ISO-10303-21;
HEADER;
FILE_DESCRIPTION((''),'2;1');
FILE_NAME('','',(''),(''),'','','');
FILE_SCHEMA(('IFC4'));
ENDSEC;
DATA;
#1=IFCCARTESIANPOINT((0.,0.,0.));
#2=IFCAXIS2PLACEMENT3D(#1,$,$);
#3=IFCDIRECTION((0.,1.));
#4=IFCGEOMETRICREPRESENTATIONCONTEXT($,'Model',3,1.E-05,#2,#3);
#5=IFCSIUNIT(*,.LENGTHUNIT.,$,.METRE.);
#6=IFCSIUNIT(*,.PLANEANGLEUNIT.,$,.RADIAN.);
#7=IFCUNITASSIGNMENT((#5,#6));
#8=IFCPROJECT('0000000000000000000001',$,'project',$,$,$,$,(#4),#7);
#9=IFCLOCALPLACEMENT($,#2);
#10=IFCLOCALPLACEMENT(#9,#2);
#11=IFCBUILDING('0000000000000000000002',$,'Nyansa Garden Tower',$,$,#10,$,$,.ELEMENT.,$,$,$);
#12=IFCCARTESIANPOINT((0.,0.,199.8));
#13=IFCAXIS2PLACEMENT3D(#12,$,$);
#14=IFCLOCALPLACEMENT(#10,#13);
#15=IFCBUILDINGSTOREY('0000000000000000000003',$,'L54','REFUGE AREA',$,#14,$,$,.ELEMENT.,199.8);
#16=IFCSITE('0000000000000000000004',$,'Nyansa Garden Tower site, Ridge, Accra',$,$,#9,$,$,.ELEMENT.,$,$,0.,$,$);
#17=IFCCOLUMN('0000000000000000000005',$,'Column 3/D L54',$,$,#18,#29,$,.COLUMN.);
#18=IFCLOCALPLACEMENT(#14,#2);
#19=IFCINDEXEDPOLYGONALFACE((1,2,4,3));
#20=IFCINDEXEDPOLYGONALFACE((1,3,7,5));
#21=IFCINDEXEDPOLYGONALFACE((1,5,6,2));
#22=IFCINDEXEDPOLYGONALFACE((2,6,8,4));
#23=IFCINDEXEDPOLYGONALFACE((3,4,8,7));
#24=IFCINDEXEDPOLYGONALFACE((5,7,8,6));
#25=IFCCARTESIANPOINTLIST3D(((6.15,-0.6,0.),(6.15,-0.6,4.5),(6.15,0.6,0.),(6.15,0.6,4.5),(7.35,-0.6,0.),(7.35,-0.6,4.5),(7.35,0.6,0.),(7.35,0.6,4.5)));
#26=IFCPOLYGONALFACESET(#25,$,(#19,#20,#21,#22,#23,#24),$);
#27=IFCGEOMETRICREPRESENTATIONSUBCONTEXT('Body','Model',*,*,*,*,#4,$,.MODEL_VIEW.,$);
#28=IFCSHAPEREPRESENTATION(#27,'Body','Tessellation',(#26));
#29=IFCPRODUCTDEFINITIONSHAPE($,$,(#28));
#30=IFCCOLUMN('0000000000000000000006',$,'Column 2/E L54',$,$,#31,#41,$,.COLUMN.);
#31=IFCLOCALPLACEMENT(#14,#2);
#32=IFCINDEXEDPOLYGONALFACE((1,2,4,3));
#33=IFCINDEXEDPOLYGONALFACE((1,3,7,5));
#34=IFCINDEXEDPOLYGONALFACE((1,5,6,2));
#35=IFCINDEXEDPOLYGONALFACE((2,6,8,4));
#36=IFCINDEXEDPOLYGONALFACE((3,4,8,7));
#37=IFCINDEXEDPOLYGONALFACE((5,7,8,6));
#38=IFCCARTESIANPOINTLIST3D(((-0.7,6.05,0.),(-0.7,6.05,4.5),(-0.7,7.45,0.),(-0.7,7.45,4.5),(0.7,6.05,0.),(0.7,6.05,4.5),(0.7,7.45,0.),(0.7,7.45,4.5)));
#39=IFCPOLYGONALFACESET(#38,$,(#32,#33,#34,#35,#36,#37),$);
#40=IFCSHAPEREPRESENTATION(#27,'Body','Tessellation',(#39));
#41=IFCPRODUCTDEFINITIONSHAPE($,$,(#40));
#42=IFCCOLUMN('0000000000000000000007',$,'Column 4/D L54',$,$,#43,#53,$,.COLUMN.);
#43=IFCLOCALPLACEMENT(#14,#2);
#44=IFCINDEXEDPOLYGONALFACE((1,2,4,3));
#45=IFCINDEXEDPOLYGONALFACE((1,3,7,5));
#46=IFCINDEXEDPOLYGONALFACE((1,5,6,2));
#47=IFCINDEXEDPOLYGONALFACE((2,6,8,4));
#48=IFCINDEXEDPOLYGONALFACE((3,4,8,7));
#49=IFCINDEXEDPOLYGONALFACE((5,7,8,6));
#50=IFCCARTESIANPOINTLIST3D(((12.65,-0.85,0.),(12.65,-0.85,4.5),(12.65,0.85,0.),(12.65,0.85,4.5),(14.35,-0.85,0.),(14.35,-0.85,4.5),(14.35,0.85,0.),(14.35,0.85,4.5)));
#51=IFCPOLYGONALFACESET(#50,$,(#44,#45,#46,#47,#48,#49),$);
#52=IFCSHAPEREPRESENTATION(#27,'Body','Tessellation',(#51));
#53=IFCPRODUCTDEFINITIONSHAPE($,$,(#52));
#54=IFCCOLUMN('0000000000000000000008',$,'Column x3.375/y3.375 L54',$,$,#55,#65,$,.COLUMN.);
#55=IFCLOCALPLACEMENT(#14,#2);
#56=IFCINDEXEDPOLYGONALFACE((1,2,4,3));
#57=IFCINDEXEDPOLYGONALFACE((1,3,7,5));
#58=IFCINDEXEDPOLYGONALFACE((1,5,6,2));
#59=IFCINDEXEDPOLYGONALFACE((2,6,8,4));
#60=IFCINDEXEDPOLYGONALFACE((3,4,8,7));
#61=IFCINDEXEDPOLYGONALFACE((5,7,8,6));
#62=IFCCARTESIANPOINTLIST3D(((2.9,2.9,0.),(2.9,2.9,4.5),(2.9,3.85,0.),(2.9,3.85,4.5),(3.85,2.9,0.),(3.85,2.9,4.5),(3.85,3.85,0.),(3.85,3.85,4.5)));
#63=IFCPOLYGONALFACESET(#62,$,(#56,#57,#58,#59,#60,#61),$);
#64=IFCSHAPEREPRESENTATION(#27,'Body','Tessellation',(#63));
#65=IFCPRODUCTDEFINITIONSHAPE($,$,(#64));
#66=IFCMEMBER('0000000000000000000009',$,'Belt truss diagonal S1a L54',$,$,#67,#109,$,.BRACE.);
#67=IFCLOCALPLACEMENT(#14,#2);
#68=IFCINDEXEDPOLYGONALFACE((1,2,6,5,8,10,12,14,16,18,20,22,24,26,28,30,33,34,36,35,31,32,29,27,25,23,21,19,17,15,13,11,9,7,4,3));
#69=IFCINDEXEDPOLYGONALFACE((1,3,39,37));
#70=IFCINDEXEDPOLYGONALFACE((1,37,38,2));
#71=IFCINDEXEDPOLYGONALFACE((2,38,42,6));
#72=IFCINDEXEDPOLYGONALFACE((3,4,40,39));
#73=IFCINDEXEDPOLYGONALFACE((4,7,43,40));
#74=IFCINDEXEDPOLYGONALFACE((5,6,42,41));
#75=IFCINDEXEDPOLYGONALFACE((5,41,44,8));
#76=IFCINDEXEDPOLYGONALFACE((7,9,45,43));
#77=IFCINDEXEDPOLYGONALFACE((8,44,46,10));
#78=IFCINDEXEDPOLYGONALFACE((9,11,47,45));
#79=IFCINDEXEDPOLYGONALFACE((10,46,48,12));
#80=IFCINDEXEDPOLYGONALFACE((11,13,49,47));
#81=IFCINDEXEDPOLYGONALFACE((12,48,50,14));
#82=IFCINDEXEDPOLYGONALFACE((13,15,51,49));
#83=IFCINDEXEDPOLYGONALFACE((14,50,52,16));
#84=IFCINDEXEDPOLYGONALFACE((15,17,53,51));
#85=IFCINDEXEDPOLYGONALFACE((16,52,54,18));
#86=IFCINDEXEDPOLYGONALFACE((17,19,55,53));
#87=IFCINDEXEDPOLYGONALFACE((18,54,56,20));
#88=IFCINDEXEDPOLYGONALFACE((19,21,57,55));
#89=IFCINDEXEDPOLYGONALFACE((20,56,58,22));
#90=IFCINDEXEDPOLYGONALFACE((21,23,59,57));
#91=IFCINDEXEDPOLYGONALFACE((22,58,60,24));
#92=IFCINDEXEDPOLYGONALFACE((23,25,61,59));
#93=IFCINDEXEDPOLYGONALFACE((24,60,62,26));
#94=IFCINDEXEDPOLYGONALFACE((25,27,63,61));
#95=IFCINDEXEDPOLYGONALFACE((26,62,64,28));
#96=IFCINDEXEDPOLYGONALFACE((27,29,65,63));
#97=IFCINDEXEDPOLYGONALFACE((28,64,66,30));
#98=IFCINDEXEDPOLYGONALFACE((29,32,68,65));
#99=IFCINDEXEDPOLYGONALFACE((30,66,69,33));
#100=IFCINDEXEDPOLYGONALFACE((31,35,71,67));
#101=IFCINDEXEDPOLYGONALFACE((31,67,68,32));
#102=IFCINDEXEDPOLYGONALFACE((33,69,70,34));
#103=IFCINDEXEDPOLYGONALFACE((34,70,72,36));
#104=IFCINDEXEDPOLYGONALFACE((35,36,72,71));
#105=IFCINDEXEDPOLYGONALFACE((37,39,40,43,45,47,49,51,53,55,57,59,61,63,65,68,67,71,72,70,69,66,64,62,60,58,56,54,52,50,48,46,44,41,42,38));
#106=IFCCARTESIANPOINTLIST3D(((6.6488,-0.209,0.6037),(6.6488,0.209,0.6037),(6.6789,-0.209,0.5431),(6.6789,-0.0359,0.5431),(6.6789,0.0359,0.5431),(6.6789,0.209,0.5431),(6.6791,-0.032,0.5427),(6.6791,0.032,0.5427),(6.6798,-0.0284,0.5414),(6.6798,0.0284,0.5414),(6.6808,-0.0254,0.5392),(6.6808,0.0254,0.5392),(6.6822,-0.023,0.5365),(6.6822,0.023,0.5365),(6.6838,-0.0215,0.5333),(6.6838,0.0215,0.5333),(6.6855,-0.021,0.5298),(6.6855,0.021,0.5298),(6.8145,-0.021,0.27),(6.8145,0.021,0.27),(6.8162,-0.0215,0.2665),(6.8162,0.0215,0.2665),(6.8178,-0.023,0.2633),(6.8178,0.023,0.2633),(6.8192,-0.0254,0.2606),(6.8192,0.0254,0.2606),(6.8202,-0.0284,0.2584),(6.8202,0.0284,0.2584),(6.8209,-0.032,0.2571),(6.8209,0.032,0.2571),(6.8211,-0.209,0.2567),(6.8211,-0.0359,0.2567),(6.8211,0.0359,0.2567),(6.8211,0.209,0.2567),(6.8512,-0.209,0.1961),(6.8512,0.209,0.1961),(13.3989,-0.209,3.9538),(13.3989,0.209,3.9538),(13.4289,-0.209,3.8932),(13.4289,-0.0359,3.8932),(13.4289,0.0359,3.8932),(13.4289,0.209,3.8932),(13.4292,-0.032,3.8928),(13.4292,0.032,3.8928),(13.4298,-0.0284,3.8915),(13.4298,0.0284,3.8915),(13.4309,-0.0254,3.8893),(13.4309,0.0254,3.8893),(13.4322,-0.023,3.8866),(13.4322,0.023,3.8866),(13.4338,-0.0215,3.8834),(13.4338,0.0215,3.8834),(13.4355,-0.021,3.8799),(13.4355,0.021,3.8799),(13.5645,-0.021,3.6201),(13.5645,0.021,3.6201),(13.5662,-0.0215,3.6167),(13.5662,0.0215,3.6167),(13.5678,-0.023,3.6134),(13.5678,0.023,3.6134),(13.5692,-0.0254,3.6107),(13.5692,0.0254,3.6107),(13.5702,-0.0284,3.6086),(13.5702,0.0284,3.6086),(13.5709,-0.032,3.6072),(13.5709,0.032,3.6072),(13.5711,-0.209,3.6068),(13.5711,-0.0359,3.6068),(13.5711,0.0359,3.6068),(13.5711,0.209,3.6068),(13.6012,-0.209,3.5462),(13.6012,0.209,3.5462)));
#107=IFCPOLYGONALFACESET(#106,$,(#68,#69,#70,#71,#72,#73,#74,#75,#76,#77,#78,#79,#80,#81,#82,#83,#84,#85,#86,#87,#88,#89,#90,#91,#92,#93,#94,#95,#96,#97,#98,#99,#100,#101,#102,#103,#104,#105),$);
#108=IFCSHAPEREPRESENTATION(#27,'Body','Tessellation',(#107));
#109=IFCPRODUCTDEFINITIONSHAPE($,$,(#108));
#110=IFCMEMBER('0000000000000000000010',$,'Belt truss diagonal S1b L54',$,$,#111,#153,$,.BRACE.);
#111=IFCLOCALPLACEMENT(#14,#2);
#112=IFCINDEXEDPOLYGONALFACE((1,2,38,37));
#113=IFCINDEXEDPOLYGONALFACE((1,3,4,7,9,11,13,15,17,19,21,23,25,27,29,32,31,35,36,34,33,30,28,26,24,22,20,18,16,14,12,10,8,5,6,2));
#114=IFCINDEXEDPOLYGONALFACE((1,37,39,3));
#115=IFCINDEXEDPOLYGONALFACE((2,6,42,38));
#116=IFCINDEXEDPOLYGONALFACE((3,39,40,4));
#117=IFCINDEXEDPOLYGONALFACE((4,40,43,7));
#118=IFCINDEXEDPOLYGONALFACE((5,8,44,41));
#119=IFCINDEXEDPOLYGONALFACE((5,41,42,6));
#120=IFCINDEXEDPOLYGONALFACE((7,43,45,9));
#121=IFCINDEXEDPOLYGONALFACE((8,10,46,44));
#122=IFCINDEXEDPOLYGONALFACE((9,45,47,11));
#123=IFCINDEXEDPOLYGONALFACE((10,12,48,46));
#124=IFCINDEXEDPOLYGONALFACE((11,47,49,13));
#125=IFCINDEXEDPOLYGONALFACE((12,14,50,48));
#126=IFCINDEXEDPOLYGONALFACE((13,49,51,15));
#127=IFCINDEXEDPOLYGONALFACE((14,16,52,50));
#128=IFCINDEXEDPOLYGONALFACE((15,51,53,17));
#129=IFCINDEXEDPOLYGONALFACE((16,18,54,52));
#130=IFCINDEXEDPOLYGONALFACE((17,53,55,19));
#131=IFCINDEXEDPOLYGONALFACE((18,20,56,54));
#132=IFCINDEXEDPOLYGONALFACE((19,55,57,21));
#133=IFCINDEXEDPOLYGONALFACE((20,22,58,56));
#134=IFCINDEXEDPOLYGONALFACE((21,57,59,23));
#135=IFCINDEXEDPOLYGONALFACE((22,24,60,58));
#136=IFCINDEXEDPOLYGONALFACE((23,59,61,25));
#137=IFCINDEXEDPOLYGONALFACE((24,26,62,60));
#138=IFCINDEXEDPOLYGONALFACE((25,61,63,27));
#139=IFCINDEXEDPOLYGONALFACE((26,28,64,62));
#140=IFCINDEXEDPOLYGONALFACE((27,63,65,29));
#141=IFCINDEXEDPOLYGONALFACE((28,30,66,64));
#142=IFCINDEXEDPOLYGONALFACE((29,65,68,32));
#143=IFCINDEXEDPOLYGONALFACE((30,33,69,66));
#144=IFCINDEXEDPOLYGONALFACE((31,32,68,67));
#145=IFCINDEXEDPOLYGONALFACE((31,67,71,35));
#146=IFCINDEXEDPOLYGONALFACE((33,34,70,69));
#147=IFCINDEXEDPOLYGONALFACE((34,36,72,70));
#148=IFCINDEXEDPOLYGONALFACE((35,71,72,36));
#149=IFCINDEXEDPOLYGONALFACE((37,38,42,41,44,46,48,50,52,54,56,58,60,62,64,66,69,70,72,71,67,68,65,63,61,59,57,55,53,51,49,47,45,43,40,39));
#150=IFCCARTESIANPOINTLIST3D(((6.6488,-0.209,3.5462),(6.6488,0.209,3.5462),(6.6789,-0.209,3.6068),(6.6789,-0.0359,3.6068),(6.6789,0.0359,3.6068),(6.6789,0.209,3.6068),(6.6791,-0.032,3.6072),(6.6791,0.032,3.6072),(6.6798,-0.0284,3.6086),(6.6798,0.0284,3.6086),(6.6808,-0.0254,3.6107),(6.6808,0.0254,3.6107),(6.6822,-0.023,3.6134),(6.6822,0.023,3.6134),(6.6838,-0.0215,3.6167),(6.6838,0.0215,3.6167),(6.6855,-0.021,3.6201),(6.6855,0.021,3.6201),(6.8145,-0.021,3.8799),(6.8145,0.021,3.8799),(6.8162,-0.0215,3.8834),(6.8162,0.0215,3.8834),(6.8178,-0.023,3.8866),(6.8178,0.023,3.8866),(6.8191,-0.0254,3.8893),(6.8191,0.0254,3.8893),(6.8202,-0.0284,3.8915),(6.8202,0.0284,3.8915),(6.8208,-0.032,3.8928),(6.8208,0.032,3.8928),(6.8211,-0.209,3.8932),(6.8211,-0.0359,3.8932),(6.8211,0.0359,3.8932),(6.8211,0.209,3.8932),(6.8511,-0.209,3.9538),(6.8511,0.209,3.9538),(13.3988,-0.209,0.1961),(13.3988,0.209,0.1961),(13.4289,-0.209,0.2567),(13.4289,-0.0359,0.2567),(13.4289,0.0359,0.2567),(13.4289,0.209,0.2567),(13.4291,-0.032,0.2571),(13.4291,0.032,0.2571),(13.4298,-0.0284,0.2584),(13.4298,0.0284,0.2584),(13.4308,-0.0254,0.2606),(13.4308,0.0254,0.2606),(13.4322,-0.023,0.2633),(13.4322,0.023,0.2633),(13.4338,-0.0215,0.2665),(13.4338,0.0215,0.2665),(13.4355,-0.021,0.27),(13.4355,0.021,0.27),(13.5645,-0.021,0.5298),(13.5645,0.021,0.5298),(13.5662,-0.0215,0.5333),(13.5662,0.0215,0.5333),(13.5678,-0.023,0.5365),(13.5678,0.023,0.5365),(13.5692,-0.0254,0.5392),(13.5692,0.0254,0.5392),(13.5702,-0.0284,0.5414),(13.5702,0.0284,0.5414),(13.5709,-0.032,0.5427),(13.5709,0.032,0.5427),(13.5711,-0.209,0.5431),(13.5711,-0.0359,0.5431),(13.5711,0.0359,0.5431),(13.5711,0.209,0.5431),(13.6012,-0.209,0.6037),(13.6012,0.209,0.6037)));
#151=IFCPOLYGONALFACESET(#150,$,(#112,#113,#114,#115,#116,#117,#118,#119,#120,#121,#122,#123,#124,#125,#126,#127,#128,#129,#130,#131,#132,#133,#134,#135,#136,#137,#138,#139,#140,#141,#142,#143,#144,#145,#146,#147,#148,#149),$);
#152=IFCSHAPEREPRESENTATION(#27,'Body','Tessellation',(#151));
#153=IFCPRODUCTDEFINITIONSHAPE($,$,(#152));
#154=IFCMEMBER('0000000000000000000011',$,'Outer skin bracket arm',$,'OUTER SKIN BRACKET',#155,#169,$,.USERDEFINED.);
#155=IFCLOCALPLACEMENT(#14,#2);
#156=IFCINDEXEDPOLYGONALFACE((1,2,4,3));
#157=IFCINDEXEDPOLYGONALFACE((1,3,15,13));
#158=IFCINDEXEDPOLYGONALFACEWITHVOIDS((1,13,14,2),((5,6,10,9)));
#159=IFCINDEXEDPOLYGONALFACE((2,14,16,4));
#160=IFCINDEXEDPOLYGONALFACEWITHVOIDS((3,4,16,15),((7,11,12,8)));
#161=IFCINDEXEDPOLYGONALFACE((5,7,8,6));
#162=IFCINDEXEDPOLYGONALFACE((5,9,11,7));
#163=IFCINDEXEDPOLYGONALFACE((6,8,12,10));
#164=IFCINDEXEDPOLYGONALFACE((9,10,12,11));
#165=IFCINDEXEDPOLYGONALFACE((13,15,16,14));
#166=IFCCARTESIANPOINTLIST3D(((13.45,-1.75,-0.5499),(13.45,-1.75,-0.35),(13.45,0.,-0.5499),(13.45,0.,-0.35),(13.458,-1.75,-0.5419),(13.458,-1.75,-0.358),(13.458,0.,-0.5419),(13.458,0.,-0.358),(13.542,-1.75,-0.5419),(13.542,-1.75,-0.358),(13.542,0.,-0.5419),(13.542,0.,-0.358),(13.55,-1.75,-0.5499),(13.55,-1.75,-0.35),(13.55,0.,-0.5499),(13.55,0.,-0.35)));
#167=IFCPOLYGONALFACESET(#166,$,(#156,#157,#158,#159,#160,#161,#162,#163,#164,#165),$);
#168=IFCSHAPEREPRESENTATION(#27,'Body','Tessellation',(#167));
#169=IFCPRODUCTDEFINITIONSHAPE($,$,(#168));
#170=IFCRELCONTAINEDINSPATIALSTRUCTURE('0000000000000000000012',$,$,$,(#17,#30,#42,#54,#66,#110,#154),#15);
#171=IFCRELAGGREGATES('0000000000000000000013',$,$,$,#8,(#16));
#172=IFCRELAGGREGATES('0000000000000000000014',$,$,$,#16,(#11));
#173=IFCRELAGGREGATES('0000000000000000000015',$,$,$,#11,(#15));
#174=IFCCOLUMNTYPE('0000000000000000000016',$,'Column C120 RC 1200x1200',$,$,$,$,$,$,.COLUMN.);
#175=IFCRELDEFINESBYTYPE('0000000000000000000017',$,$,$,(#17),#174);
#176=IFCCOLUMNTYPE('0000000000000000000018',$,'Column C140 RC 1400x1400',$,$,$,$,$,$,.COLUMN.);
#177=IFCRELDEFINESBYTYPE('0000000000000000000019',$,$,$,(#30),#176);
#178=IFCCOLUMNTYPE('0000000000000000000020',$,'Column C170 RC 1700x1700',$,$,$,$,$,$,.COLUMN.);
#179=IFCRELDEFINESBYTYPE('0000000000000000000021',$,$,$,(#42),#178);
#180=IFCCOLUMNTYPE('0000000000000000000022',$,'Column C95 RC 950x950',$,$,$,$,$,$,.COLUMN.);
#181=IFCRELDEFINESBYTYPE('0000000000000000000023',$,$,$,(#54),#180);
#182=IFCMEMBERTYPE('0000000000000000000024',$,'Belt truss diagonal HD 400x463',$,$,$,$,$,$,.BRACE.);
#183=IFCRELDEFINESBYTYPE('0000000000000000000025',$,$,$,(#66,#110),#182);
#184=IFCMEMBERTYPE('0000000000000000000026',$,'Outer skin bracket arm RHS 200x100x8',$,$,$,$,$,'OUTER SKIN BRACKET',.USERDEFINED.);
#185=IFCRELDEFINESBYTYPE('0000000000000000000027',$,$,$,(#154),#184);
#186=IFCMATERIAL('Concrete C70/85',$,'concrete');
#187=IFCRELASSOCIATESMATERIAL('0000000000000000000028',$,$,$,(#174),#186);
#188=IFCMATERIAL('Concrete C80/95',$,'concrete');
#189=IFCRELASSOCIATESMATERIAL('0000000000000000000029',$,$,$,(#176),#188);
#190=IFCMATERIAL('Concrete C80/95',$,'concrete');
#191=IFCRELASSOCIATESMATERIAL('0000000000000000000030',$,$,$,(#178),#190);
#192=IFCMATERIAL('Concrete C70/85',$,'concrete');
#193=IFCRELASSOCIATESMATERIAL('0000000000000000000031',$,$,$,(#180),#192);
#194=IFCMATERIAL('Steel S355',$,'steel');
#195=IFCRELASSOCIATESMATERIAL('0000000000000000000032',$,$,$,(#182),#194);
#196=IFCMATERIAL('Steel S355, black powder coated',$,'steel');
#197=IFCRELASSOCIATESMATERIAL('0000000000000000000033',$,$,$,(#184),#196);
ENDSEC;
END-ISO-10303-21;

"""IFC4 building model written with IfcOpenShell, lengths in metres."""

from ifc_helpers import new_model, si_unit, direction, frame, origin, origin_2d, place, context, subcontext, project, spatial, rectangle, hollow_rectangle, i_section, extrude, material, material_profile, profile_set, type_object, element, save


model = new_model("IFC4")

# Units and contexts
model_context = context("Model", 3, precision=1e-05, world=origin(), true_north=direction((0.0, 1.0)))
body_context = subcontext(model_context, "Body", "Model", "MODEL_VIEW")
ifc_project = project(units=[si_unit("LENGTHUNIT", "METRE"), si_unit("PLANEANGLEUNIT", "RADIAN")], contexts=[model_context])

# Site, building, storey
site_placement = place(None, origin())
site = spatial("IfcSite", under=ifc_project, at=site_placement, Name="Nyansa Garden Tower site, Ridge, Accra", CompositionType="ELEMENT", RefElevation=0.0)
building_placement = place(site_placement, origin())
building = spatial("IfcBuilding", under=site, at=building_placement, Name="Nyansa Garden Tower", CompositionType="ELEMENT")
storey_placement = place(building_placement, frame((0.0, 0.0, 199.8)))
storey = spatial("IfcBuildingStorey", under=building, at=storey_placement, Name="L54", Description="REFUGE AREA", CompositionType="ELEMENT", Elevation=199.8)

# Columns
ifc_material_1 = material(Name="Concrete C70/85", Category="concrete")
ifc_material_profile_1 = material_profile(ifc_material_1, rectangle(XDim=1.2, YDim=1.2, at=origin_2d()), Name="RC 1200x1200")
ifc_profile_set_1 = profile_set([ifc_material_profile_1], Name="Concrete C70/85")
column_type_1 = type_object("IfcColumnType", Name="Column C120 RC 1200x1200", PredefinedType="COLUMN", material=ifc_profile_set_1)
column_1_placement = place(storey_placement, frame((6.75, 0.0, 0.0), z_axis=(0.0, 0.0, 1.0), x_axis=(1.0, 0.0, 0.0)))
element("IfcColumn", 1, at=column_1_placement, inside=storey, type_object=column_type_1, Name="Column 3/D L54", PredefinedType="COLUMN", context=body_context, shape_type="SweptSolid", body=[
    extrude(rectangle(XDim=1.2, YDim=1.2, at=origin_2d()), origin(), (0.0, 0.0, 1.0), 4.5),
])
ifc_material_2 = material(Name="Concrete C80/95", Category="concrete")
ifc_material_profile_2 = material_profile(ifc_material_2, rectangle(XDim=1.3999, YDim=1.3999, at=origin_2d()), Name="RC 1400x1400")
ifc_profile_set_2 = profile_set([ifc_material_profile_2], Name="Concrete C80/95")
column_type_2 = type_object("IfcColumnType", Name="Column C140 RC 1400x1400", PredefinedType="COLUMN", material=ifc_profile_set_2)
column_2_placement = place(storey_placement, frame((0.0, 6.75, 0.0), z_axis=(0.0, 0.0, 1.0), x_axis=(1.0, 0.0, 0.0)))
element("IfcColumn", 2, at=column_2_placement, inside=storey, type_object=column_type_2, Name="Column 2/E L54", PredefinedType="COLUMN", context=body_context, shape_type="SweptSolid", body=[
    extrude(rectangle(XDim=1.3999, YDim=1.3999, at=origin_2d()), origin(), (0.0, 0.0, 1.0), 4.5),
])
ifc_material_3 = material(Name="Concrete C80/95", Category="concrete")
ifc_material_profile_3 = material_profile(ifc_material_3, rectangle(XDim=1.7, YDim=1.7, at=origin_2d()), Name="RC 1700x1700")
ifc_profile_set_3 = profile_set([ifc_material_profile_3], Name="Concrete C80/95")
column_type_3 = type_object("IfcColumnType", Name="Column C170 RC 1700x1700", PredefinedType="COLUMN", material=ifc_profile_set_3)
column_3_placement = place(storey_placement, frame((13.5, 0.0, 0.0), z_axis=(0.0, 0.0, 1.0), x_axis=(1.0, 0.0, 0.0)))
element("IfcColumn", 3, at=column_3_placement, inside=storey, type_object=column_type_3, Name="Column 4/D L54", PredefinedType="COLUMN", context=body_context, shape_type="SweptSolid", body=[
    extrude(rectangle(XDim=1.7, YDim=1.7, at=origin_2d()), origin(), (0.0, 0.0, 1.0), 4.5),
])
ifc_material_4 = material(Name="Concrete C70/85", Category="concrete")
ifc_material_profile_4 = material_profile(ifc_material_4, rectangle(XDim=0.95, YDim=0.95, at=origin_2d()), Name="RC 950x950")
ifc_profile_set_4 = profile_set([ifc_material_profile_4], Name="Concrete C70/85")
column_type_4 = type_object("IfcColumnType", Name="Column C95 RC 950x950", PredefinedType="COLUMN", material=ifc_profile_set_4)
column_4_placement = place(storey_placement, frame((3.375, 3.375, 0.0), z_axis=(0.0, 0.0, 1.0), x_axis=(1.0, 0.0, 0.0)))
element("IfcColumn", 4, at=column_4_placement, inside=storey, type_object=column_type_4, Name="Column x3.375/y3.375 L54", PredefinedType="COLUMN", context=body_context, shape_type="SweptSolid", body=[
    extrude(rectangle(XDim=0.95, YDim=0.95, at=origin_2d()), origin(), (0.0, 0.0, 1.0), 4.5),
])

# Members
ifc_material_5 = material(Name="Steel S355", Category="steel")
ifc_material_profile_5 = material_profile(ifc_material_5, i_section(OverallWidth=0.418, OverallDepth=0.4551, WebThickness=0.042, FlangeThickness=0.0676, FilletRadius=0.0149, at=origin_2d()), Name="HD 400x463")
ifc_profile_set_5 = profile_set([ifc_material_profile_5], Name="Steel S355")
member_type_1 = type_object("IfcMemberType", Name="Belt truss diagonal HD 400x463", PredefinedType="BRACE", material=ifc_profile_set_5)
for number, where, z_axis, x_axis, name in (
    (5, (6.75, 0.0, 0.3999), (0.895745, 0.0, 0.444568), (0.0, 1.0, 0.0), "Belt truss diagonal S1a L54"),
    (6, (13.5, 0.0, 0.3999), (-0.895745, 0.0, 0.444568), (0.0, -1.0, 0.0), "Belt truss diagonal S1b L54"),
):
    element("IfcMember", number, at=place(storey_placement, frame(where, z_axis=z_axis, x_axis=x_axis)), inside=storey, type_object=member_type_1, Name=name, PredefinedType="BRACE", context=body_context, shape_type="SweptSolid", body=[
        extrude(i_section(OverallWidth=0.418, OverallDepth=0.4551, WebThickness=0.042, FlangeThickness=0.0676, FilletRadius=0.0149, at=origin_2d()), origin(), (0.0, 0.0, 1.0), 7.5356),
    ])
ifc_material_6 = material(Name="Steel S355, black powder coated", Category="steel")
ifc_material_profile_6 = material_profile(ifc_material_6, hollow_rectangle(XDim=0.1001, YDim=0.2, WallThickness=0.0081, at=origin_2d()), Name="RHS 200x100x8")
ifc_profile_set_6 = profile_set([ifc_material_profile_6], Name="Steel S355, black powder coated")
member_type_2 = type_object("IfcMemberType", Name="Outer skin bracket arm RHS 200x100x8", ElementType="OUTER SKIN BRACKET", PredefinedType="USERDEFINED", material=ifc_profile_set_6)
member_1_placement = place(storey_placement, frame((13.5, 0.0, -0.45), z_axis=(0.0, -1.0, 0.0), x_axis=(1.0, 0.0, 0.0)))
element("IfcMember", 7, at=member_1_placement, inside=storey, type_object=member_type_2, Name="Outer skin bracket arm", ObjectType="OUTER SKIN BRACKET", PredefinedType="USERDEFINED", context=body_context, shape_type="SweptSolid", body=[
    extrude(hollow_rectangle(XDim=0.1001, YDim=0.2, WallThickness=0.0081, at=origin_2d()), origin(), (0.0, 0.0, 1.0), 1.75),
])

save(model, "model.ifc")
